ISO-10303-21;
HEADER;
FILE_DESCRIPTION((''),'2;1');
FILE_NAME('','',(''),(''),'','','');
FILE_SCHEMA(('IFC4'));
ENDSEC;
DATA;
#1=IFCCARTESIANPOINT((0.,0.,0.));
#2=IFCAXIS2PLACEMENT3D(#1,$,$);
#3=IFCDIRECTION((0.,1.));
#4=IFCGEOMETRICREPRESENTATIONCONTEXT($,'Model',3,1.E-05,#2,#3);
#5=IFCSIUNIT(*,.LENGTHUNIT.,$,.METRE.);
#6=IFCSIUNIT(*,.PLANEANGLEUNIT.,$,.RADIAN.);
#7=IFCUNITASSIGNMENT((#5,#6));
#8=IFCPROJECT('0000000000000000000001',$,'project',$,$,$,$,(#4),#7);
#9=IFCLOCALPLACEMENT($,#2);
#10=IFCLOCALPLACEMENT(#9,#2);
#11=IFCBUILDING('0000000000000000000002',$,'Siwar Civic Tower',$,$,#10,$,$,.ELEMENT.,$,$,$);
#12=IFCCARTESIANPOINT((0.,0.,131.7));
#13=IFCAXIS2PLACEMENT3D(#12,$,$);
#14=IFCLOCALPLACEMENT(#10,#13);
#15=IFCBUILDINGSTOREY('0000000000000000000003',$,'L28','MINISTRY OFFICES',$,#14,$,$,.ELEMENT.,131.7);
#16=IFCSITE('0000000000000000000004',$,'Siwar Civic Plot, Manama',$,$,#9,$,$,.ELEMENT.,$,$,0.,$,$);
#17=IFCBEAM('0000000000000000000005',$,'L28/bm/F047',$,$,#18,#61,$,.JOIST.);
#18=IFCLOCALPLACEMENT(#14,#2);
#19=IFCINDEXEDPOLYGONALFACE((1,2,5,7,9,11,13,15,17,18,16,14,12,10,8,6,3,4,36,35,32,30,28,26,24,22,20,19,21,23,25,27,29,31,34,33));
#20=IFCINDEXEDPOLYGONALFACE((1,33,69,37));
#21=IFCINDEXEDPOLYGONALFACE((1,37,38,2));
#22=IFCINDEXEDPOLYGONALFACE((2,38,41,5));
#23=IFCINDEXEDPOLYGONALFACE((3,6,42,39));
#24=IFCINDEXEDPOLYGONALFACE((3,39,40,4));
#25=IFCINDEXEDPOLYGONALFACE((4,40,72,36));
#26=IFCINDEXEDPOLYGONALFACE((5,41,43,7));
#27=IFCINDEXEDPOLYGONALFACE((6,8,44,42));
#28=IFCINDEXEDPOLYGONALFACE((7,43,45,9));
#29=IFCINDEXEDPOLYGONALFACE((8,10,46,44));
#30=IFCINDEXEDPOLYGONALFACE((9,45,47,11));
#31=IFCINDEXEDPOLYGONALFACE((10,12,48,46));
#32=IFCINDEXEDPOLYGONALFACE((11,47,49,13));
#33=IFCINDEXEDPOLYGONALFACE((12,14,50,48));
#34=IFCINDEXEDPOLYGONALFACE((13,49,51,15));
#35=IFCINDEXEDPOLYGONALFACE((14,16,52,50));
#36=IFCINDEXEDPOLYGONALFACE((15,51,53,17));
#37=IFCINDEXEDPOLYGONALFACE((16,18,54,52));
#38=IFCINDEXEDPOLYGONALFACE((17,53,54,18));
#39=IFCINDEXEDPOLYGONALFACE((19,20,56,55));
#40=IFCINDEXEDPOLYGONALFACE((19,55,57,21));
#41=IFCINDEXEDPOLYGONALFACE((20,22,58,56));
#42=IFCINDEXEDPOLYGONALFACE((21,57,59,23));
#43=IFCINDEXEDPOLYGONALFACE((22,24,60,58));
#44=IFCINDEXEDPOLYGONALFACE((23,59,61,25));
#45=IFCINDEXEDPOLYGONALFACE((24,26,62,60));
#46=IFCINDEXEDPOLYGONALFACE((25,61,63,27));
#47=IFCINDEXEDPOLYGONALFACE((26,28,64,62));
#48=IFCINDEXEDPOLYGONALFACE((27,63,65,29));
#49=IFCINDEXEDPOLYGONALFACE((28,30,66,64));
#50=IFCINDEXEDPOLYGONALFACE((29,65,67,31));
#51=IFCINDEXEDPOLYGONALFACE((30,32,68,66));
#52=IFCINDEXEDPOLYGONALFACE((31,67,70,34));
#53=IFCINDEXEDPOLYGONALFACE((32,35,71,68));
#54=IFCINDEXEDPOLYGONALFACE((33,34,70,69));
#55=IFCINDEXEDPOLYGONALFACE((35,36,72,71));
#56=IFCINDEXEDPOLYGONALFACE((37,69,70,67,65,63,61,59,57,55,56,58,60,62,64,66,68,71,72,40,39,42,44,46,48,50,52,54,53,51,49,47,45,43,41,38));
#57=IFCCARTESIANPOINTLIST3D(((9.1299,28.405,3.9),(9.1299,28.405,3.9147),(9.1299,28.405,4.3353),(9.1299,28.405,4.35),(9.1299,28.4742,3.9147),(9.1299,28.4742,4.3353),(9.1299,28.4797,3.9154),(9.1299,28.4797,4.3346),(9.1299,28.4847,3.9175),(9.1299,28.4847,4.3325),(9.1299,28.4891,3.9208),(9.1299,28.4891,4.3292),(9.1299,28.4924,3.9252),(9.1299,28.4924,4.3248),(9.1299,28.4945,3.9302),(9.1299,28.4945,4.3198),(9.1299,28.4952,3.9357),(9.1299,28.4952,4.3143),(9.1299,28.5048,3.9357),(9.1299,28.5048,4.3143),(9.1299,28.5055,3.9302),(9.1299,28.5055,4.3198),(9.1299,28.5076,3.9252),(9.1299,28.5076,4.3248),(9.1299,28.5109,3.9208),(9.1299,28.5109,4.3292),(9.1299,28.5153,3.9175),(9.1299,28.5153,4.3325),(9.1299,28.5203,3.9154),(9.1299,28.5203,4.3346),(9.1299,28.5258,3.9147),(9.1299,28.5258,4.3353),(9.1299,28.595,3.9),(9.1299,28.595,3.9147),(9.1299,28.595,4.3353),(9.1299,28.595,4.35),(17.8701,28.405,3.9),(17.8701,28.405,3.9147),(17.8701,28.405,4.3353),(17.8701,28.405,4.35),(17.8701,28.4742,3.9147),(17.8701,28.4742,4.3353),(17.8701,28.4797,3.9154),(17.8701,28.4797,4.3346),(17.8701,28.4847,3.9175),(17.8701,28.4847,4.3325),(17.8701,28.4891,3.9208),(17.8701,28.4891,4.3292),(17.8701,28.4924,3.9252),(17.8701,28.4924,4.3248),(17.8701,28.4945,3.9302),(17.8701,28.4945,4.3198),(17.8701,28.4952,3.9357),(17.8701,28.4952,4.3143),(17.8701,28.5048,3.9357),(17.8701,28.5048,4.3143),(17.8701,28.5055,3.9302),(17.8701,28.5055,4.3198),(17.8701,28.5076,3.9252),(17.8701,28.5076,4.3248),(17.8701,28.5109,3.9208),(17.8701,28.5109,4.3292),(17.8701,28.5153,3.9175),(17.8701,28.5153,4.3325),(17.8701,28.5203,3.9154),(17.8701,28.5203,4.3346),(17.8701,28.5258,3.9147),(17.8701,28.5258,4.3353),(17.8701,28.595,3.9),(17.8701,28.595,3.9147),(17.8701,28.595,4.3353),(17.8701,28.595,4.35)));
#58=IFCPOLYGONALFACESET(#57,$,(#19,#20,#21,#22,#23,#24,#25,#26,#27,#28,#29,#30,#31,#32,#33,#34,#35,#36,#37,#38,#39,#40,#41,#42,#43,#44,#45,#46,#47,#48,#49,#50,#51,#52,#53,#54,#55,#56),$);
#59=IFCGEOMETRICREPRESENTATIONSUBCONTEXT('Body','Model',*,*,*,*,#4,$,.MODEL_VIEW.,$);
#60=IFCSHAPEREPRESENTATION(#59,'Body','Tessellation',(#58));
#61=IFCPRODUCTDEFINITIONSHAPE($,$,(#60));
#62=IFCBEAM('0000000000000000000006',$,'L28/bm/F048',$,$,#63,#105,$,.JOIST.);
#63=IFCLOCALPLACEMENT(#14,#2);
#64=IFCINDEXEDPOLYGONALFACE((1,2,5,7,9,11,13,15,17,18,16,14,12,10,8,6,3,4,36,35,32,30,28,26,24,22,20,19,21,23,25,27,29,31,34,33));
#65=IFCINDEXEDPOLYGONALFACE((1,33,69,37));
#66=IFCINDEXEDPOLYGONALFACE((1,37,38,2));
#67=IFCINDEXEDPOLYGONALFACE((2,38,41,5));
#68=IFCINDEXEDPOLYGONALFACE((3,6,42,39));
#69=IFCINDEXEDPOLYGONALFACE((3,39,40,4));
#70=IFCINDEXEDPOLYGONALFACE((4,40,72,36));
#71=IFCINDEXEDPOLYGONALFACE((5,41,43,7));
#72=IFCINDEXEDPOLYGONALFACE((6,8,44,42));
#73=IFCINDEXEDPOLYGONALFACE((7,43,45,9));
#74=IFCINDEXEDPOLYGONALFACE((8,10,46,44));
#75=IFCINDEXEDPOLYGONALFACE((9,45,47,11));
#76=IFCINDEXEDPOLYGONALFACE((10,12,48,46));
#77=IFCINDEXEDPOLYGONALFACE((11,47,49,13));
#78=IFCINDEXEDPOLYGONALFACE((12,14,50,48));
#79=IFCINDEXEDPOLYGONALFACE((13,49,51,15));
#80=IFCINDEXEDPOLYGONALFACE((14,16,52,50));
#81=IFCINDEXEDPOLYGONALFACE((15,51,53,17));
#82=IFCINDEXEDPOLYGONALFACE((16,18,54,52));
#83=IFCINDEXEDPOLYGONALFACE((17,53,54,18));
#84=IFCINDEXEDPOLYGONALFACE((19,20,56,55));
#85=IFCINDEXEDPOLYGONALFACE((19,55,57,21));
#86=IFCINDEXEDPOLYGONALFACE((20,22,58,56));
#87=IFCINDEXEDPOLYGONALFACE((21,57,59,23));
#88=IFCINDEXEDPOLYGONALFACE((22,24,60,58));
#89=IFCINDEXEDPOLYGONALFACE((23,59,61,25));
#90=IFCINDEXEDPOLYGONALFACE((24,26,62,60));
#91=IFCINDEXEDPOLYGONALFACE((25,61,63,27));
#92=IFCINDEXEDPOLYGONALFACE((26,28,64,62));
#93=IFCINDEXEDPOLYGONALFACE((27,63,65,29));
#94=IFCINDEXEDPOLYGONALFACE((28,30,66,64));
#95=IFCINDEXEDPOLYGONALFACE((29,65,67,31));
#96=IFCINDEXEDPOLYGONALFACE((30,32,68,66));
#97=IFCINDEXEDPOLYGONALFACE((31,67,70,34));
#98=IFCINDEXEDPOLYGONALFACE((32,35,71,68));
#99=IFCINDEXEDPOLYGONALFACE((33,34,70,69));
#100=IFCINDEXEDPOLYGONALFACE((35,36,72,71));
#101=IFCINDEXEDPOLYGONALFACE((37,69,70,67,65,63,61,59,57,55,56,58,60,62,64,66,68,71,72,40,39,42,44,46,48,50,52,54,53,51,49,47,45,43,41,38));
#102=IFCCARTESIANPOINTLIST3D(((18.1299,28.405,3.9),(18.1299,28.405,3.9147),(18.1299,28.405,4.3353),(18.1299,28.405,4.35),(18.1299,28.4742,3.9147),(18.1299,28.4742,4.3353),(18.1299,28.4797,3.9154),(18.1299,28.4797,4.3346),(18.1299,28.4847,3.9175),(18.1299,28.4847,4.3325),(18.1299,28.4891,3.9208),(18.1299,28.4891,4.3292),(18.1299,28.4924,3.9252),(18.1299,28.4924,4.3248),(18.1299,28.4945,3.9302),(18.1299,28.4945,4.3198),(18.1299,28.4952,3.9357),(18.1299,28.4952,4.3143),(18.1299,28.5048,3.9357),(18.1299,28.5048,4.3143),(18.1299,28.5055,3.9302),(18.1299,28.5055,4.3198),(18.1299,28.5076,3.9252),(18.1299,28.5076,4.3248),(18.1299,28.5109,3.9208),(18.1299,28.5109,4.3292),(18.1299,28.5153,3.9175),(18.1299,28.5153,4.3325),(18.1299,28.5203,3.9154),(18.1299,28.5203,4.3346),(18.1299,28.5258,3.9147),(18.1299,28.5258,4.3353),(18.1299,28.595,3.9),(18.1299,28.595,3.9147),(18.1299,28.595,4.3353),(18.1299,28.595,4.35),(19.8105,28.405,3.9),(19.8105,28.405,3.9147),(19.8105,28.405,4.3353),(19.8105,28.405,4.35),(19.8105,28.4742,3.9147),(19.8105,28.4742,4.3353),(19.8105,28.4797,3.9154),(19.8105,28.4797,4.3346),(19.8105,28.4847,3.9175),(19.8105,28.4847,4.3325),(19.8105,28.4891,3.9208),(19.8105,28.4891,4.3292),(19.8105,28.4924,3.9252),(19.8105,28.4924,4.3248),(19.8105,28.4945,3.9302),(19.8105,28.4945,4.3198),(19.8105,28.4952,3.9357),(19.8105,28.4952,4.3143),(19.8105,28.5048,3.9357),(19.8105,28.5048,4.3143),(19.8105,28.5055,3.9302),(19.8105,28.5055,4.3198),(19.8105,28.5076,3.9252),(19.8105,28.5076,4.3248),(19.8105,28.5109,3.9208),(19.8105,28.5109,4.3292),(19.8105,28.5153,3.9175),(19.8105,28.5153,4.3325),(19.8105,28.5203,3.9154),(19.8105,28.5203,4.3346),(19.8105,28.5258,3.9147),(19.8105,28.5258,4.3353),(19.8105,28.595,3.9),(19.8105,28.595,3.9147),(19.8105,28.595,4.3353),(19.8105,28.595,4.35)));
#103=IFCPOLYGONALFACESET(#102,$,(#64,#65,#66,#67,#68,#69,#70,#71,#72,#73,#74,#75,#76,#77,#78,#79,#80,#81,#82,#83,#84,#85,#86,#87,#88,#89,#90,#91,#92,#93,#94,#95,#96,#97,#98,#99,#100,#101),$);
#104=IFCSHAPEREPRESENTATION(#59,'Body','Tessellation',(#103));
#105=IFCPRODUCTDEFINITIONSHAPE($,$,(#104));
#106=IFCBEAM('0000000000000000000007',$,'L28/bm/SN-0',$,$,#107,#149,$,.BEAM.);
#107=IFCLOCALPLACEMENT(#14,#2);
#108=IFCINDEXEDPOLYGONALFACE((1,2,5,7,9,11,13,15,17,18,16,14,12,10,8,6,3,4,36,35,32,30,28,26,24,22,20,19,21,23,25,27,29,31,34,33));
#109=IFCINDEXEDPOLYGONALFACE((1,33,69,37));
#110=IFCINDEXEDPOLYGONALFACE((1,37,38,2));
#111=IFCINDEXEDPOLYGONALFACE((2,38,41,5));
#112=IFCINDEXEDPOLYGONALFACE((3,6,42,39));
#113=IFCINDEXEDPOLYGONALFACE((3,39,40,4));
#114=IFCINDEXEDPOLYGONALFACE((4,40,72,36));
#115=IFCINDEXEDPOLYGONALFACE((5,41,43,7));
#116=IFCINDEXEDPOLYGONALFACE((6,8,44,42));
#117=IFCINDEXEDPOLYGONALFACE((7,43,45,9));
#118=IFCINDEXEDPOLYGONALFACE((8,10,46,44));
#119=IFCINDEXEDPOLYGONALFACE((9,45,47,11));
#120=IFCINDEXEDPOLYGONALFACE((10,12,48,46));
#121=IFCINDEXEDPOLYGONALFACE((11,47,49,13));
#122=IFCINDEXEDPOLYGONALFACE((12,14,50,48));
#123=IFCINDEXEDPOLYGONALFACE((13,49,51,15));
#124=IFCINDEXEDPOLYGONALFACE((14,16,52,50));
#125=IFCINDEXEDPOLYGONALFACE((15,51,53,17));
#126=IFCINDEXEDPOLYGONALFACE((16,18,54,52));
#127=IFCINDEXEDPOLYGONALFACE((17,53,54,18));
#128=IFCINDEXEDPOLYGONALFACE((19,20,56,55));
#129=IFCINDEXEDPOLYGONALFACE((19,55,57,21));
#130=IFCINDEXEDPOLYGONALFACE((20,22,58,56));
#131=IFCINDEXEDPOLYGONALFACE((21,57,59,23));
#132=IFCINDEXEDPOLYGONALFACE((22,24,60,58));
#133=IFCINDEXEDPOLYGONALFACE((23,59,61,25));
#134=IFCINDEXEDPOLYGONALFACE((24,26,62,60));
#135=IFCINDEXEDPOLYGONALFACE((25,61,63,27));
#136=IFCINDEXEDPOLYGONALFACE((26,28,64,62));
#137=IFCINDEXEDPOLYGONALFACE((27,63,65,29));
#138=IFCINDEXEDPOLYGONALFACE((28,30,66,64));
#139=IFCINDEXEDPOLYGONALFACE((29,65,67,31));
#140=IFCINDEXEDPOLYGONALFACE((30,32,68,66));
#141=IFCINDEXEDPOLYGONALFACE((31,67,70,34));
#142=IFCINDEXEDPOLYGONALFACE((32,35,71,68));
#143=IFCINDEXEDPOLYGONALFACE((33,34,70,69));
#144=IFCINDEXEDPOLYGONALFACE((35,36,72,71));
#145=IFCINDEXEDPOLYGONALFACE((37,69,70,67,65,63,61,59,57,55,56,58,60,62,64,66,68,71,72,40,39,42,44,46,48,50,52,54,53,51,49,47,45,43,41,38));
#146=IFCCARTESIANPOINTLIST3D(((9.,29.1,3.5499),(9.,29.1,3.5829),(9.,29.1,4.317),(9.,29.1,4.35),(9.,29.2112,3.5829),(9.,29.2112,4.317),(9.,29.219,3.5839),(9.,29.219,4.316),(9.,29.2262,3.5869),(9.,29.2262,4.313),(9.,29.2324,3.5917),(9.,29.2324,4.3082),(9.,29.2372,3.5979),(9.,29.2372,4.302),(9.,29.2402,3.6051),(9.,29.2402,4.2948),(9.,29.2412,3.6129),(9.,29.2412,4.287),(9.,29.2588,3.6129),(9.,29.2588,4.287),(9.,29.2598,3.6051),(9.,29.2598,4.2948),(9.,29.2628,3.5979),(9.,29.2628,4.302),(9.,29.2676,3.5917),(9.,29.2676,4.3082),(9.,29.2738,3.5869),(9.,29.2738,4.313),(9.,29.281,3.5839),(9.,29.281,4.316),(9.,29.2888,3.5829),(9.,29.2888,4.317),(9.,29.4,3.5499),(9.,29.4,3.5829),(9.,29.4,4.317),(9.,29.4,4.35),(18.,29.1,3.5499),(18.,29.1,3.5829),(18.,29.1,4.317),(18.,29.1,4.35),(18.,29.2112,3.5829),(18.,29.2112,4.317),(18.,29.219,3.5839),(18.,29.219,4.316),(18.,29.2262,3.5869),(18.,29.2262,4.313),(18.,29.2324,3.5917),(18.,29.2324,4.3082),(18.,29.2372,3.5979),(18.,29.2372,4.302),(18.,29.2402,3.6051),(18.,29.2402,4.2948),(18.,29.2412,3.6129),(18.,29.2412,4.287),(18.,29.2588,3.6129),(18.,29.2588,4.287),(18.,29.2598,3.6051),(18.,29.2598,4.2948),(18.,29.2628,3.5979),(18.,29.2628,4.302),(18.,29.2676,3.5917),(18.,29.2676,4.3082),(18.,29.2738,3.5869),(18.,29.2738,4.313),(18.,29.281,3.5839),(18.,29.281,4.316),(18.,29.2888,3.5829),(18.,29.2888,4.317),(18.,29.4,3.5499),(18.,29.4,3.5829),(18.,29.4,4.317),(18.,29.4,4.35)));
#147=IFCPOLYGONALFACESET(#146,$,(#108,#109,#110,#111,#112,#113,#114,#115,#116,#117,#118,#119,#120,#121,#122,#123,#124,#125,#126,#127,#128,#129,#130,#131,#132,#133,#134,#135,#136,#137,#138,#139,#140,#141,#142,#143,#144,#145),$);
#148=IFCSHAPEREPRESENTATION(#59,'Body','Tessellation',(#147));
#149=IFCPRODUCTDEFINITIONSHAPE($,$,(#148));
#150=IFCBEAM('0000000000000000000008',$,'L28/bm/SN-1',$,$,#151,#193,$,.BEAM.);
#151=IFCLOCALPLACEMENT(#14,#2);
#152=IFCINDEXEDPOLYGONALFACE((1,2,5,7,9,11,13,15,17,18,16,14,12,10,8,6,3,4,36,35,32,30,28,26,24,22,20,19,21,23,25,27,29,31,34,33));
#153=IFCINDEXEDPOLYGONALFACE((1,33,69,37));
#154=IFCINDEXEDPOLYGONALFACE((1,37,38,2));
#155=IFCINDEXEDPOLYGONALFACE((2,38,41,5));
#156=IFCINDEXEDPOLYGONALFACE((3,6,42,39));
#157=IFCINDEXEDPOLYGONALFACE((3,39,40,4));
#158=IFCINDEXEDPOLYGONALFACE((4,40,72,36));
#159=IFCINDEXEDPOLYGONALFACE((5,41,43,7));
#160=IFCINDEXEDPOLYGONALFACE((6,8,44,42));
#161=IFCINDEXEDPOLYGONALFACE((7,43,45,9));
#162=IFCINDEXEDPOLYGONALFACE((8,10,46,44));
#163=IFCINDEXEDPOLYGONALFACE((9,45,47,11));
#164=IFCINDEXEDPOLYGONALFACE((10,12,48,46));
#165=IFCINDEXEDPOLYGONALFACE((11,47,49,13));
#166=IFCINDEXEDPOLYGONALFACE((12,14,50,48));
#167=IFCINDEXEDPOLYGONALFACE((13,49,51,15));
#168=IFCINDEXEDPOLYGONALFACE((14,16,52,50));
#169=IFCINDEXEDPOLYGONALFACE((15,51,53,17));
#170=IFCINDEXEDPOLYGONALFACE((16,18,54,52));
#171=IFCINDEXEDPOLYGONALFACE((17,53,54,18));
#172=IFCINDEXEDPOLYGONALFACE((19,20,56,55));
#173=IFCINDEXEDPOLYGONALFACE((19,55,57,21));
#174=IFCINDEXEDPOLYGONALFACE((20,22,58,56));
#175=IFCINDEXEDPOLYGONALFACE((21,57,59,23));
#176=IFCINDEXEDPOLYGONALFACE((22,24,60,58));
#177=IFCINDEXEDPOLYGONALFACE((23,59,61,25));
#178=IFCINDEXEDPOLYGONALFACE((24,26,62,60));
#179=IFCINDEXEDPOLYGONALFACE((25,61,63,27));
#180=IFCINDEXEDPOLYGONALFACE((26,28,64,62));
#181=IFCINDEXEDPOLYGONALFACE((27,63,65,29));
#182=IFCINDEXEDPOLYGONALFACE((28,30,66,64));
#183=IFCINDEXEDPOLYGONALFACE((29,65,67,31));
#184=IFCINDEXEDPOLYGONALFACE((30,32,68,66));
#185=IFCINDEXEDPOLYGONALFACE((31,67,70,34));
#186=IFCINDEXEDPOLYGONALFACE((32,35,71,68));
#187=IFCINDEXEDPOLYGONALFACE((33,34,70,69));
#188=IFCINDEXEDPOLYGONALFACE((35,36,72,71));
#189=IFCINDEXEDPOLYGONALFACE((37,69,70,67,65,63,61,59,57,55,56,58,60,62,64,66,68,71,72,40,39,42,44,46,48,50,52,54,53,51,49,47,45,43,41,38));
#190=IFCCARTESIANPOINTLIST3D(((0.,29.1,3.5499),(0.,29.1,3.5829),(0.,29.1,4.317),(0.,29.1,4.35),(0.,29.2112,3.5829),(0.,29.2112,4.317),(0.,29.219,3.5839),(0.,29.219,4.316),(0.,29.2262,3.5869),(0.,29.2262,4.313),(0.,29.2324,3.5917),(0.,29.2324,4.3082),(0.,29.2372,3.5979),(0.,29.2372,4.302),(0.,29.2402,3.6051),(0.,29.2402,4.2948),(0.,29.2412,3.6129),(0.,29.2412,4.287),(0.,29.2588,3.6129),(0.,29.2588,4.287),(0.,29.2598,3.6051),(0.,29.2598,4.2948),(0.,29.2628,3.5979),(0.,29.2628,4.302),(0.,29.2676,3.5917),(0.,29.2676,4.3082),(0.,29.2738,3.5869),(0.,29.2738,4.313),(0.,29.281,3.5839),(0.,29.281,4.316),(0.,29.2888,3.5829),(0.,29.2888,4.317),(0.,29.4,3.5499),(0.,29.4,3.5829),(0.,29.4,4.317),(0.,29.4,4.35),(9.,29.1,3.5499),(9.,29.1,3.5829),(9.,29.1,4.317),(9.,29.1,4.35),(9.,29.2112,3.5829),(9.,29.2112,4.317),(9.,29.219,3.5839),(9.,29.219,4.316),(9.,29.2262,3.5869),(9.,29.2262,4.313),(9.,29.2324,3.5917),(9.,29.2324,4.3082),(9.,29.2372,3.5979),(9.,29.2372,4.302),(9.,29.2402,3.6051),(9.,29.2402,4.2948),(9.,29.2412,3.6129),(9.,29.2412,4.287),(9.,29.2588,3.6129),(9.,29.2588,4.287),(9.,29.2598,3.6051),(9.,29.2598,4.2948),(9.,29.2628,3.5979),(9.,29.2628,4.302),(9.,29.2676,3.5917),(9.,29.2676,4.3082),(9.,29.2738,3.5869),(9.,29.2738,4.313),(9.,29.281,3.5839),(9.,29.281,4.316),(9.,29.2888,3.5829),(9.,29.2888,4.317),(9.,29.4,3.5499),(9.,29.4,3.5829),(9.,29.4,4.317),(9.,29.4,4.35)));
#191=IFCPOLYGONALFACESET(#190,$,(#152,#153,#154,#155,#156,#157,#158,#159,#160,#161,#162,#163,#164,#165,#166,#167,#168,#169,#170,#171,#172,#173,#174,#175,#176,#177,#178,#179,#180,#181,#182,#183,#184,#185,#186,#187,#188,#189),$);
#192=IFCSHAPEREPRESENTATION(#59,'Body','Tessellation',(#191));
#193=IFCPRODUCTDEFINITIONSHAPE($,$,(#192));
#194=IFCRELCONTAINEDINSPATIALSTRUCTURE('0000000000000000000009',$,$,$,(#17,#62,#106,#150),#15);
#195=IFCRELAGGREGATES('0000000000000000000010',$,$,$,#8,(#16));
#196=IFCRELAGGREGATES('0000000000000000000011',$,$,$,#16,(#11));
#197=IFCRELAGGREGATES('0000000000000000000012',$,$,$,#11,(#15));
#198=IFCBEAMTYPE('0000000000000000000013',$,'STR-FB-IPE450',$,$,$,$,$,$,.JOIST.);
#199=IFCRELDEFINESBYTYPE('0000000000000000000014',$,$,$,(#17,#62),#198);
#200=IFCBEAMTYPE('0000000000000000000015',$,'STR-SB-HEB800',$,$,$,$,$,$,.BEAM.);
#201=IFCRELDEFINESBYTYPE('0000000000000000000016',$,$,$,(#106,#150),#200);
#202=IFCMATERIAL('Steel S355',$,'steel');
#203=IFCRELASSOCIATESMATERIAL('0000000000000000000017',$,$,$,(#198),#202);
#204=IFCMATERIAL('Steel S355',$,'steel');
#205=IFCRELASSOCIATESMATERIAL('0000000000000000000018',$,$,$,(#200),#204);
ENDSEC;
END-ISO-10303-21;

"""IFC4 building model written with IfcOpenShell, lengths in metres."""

from ifc_helpers import new_model, si_unit, direction, frame, origin, origin_2d, place, context, subcontext, project, spatial, i_section, extrude, material, material_profile, profile_set, type_object, element, save


model = new_model("IFC4")

# Units and contexts
model_context = context("Model", 3, precision=1e-05, world=origin(), true_north=direction((0.0, 1.0)))
body_context = subcontext(model_context, "Body", "Model", "MODEL_VIEW")
ifc_project = project(units=[si_unit("LENGTHUNIT", "METRE"), si_unit("PLANEANGLEUNIT", "RADIAN")], contexts=[model_context])

# Site, building, storey
site_placement = place(None, origin())
site = spatial("IfcSite", under=ifc_project, at=site_placement, Name="Siwar Civic Plot, Manama", CompositionType="ELEMENT", RefElevation=0.0)
building_placement = place(site_placement, origin())
building = spatial("IfcBuilding", under=site, at=building_placement, Name="Siwar Civic Tower", CompositionType="ELEMENT")
storey_placement = place(building_placement, frame((0.0, 0.0, 131.7)))
storey = spatial("IfcBuildingStorey", under=building, at=storey_placement, Name="L28", Description="MINISTRY OFFICES", CompositionType="ELEMENT", Elevation=131.7)

# Beams
ifc_material_1 = material(Name="Steel S355", Category="steel")
ifc_material_profile_1 = material_profile(ifc_material_1, i_section(OverallWidth=0.1899, OverallDepth=0.45, WebThickness=0.0095, FlangeThickness=0.0146, FilletRadius=0.021, at=origin_2d()), Name="IPE450")
ifc_profile_set_1 = profile_set([ifc_material_profile_1], Name="Steel S355")
beam_type_1 = type_object("IfcBeamType", Name="STR-FB-IPE450", PredefinedType="JOIST", material=ifc_profile_set_1)
for number, where, z_axis, x_axis, name in (
    (1, (9.1299, 28.5, 4.125), (1.0, 0.0, 0.0), (0.0, 1.0, 0.0), "L28/bm/F047"),
):
    element("IfcBeam", number, at=place(storey_placement, frame(where, z_axis=z_axis, x_axis=x_axis)), inside=storey, type_object=beam_type_1, Name=name, PredefinedType="JOIST", context=body_context, shape_type="SweptSolid", body=[
        extrude(i_section(OverallWidth=0.1899, OverallDepth=0.45, WebThickness=0.0095, FlangeThickness=0.0146, FilletRadius=0.021, at=origin_2d()), origin(), (0.0, 0.0, 1.0), 8.7402),
    ])
beam_1_placement = place(storey_placement, frame((18.1299, 28.5, 4.125), z_axis=(1.0, 0.0, 0.0), x_axis=(0.0, 1.0, 0.0)))
element("IfcBeam", 2, at=beam_1_placement, inside=storey, type_object=beam_type_1, Name="L28/bm/F048", PredefinedType="JOIST", context=body_context, shape_type="SweptSolid", body=[
    extrude(i_section(OverallWidth=0.1899, OverallDepth=0.45, WebThickness=0.0095, FlangeThickness=0.0146, FilletRadius=0.021, at=origin_2d()), origin(), (0.0, 0.0, 1.0), 1.6807),
])
ifc_material_2 = material(Name="Steel S355", Category="steel")
ifc_material_profile_2 = material_profile(ifc_material_2, i_section(OverallWidth=0.3, OverallDepth=0.8, WebThickness=0.0176, FlangeThickness=0.033, FilletRadius=0.03, at=origin_2d()), Name="HEB800")
ifc_profile_set_2 = profile_set([ifc_material_profile_2], Name="Steel S355")
beam_type_2 = type_object("IfcBeamType", Name="STR-SB-HEB800", PredefinedType="BEAM", material=ifc_profile_set_2)
for number, where, z_axis, x_axis, name in (
    (3, (18.0, 29.25, 3.95), (-1.0, 0.0, 0.0), (0.0, -1.0, 0.0), "L28/bm/SN-0"),
    (4, (9.0, 29.25, 3.95), (-1.0, 0.0, 0.0), (0.0, -1.0, 0.0), "L28/bm/SN-1"),
):
    element("IfcBeam", number, at=place(storey_placement, frame(where, z_axis=z_axis, x_axis=x_axis)), inside=storey, type_object=beam_type_2, Name=name, PredefinedType="BEAM", context=body_context, shape_type="SweptSolid", body=[
        extrude(i_section(OverallWidth=0.3, OverallDepth=0.8, WebThickness=0.0176, FlangeThickness=0.033, FilletRadius=0.03, at=origin_2d()), origin(), (0.0, 0.0, 1.0), 9.0),
    ])

save(model, "model.ifc")
